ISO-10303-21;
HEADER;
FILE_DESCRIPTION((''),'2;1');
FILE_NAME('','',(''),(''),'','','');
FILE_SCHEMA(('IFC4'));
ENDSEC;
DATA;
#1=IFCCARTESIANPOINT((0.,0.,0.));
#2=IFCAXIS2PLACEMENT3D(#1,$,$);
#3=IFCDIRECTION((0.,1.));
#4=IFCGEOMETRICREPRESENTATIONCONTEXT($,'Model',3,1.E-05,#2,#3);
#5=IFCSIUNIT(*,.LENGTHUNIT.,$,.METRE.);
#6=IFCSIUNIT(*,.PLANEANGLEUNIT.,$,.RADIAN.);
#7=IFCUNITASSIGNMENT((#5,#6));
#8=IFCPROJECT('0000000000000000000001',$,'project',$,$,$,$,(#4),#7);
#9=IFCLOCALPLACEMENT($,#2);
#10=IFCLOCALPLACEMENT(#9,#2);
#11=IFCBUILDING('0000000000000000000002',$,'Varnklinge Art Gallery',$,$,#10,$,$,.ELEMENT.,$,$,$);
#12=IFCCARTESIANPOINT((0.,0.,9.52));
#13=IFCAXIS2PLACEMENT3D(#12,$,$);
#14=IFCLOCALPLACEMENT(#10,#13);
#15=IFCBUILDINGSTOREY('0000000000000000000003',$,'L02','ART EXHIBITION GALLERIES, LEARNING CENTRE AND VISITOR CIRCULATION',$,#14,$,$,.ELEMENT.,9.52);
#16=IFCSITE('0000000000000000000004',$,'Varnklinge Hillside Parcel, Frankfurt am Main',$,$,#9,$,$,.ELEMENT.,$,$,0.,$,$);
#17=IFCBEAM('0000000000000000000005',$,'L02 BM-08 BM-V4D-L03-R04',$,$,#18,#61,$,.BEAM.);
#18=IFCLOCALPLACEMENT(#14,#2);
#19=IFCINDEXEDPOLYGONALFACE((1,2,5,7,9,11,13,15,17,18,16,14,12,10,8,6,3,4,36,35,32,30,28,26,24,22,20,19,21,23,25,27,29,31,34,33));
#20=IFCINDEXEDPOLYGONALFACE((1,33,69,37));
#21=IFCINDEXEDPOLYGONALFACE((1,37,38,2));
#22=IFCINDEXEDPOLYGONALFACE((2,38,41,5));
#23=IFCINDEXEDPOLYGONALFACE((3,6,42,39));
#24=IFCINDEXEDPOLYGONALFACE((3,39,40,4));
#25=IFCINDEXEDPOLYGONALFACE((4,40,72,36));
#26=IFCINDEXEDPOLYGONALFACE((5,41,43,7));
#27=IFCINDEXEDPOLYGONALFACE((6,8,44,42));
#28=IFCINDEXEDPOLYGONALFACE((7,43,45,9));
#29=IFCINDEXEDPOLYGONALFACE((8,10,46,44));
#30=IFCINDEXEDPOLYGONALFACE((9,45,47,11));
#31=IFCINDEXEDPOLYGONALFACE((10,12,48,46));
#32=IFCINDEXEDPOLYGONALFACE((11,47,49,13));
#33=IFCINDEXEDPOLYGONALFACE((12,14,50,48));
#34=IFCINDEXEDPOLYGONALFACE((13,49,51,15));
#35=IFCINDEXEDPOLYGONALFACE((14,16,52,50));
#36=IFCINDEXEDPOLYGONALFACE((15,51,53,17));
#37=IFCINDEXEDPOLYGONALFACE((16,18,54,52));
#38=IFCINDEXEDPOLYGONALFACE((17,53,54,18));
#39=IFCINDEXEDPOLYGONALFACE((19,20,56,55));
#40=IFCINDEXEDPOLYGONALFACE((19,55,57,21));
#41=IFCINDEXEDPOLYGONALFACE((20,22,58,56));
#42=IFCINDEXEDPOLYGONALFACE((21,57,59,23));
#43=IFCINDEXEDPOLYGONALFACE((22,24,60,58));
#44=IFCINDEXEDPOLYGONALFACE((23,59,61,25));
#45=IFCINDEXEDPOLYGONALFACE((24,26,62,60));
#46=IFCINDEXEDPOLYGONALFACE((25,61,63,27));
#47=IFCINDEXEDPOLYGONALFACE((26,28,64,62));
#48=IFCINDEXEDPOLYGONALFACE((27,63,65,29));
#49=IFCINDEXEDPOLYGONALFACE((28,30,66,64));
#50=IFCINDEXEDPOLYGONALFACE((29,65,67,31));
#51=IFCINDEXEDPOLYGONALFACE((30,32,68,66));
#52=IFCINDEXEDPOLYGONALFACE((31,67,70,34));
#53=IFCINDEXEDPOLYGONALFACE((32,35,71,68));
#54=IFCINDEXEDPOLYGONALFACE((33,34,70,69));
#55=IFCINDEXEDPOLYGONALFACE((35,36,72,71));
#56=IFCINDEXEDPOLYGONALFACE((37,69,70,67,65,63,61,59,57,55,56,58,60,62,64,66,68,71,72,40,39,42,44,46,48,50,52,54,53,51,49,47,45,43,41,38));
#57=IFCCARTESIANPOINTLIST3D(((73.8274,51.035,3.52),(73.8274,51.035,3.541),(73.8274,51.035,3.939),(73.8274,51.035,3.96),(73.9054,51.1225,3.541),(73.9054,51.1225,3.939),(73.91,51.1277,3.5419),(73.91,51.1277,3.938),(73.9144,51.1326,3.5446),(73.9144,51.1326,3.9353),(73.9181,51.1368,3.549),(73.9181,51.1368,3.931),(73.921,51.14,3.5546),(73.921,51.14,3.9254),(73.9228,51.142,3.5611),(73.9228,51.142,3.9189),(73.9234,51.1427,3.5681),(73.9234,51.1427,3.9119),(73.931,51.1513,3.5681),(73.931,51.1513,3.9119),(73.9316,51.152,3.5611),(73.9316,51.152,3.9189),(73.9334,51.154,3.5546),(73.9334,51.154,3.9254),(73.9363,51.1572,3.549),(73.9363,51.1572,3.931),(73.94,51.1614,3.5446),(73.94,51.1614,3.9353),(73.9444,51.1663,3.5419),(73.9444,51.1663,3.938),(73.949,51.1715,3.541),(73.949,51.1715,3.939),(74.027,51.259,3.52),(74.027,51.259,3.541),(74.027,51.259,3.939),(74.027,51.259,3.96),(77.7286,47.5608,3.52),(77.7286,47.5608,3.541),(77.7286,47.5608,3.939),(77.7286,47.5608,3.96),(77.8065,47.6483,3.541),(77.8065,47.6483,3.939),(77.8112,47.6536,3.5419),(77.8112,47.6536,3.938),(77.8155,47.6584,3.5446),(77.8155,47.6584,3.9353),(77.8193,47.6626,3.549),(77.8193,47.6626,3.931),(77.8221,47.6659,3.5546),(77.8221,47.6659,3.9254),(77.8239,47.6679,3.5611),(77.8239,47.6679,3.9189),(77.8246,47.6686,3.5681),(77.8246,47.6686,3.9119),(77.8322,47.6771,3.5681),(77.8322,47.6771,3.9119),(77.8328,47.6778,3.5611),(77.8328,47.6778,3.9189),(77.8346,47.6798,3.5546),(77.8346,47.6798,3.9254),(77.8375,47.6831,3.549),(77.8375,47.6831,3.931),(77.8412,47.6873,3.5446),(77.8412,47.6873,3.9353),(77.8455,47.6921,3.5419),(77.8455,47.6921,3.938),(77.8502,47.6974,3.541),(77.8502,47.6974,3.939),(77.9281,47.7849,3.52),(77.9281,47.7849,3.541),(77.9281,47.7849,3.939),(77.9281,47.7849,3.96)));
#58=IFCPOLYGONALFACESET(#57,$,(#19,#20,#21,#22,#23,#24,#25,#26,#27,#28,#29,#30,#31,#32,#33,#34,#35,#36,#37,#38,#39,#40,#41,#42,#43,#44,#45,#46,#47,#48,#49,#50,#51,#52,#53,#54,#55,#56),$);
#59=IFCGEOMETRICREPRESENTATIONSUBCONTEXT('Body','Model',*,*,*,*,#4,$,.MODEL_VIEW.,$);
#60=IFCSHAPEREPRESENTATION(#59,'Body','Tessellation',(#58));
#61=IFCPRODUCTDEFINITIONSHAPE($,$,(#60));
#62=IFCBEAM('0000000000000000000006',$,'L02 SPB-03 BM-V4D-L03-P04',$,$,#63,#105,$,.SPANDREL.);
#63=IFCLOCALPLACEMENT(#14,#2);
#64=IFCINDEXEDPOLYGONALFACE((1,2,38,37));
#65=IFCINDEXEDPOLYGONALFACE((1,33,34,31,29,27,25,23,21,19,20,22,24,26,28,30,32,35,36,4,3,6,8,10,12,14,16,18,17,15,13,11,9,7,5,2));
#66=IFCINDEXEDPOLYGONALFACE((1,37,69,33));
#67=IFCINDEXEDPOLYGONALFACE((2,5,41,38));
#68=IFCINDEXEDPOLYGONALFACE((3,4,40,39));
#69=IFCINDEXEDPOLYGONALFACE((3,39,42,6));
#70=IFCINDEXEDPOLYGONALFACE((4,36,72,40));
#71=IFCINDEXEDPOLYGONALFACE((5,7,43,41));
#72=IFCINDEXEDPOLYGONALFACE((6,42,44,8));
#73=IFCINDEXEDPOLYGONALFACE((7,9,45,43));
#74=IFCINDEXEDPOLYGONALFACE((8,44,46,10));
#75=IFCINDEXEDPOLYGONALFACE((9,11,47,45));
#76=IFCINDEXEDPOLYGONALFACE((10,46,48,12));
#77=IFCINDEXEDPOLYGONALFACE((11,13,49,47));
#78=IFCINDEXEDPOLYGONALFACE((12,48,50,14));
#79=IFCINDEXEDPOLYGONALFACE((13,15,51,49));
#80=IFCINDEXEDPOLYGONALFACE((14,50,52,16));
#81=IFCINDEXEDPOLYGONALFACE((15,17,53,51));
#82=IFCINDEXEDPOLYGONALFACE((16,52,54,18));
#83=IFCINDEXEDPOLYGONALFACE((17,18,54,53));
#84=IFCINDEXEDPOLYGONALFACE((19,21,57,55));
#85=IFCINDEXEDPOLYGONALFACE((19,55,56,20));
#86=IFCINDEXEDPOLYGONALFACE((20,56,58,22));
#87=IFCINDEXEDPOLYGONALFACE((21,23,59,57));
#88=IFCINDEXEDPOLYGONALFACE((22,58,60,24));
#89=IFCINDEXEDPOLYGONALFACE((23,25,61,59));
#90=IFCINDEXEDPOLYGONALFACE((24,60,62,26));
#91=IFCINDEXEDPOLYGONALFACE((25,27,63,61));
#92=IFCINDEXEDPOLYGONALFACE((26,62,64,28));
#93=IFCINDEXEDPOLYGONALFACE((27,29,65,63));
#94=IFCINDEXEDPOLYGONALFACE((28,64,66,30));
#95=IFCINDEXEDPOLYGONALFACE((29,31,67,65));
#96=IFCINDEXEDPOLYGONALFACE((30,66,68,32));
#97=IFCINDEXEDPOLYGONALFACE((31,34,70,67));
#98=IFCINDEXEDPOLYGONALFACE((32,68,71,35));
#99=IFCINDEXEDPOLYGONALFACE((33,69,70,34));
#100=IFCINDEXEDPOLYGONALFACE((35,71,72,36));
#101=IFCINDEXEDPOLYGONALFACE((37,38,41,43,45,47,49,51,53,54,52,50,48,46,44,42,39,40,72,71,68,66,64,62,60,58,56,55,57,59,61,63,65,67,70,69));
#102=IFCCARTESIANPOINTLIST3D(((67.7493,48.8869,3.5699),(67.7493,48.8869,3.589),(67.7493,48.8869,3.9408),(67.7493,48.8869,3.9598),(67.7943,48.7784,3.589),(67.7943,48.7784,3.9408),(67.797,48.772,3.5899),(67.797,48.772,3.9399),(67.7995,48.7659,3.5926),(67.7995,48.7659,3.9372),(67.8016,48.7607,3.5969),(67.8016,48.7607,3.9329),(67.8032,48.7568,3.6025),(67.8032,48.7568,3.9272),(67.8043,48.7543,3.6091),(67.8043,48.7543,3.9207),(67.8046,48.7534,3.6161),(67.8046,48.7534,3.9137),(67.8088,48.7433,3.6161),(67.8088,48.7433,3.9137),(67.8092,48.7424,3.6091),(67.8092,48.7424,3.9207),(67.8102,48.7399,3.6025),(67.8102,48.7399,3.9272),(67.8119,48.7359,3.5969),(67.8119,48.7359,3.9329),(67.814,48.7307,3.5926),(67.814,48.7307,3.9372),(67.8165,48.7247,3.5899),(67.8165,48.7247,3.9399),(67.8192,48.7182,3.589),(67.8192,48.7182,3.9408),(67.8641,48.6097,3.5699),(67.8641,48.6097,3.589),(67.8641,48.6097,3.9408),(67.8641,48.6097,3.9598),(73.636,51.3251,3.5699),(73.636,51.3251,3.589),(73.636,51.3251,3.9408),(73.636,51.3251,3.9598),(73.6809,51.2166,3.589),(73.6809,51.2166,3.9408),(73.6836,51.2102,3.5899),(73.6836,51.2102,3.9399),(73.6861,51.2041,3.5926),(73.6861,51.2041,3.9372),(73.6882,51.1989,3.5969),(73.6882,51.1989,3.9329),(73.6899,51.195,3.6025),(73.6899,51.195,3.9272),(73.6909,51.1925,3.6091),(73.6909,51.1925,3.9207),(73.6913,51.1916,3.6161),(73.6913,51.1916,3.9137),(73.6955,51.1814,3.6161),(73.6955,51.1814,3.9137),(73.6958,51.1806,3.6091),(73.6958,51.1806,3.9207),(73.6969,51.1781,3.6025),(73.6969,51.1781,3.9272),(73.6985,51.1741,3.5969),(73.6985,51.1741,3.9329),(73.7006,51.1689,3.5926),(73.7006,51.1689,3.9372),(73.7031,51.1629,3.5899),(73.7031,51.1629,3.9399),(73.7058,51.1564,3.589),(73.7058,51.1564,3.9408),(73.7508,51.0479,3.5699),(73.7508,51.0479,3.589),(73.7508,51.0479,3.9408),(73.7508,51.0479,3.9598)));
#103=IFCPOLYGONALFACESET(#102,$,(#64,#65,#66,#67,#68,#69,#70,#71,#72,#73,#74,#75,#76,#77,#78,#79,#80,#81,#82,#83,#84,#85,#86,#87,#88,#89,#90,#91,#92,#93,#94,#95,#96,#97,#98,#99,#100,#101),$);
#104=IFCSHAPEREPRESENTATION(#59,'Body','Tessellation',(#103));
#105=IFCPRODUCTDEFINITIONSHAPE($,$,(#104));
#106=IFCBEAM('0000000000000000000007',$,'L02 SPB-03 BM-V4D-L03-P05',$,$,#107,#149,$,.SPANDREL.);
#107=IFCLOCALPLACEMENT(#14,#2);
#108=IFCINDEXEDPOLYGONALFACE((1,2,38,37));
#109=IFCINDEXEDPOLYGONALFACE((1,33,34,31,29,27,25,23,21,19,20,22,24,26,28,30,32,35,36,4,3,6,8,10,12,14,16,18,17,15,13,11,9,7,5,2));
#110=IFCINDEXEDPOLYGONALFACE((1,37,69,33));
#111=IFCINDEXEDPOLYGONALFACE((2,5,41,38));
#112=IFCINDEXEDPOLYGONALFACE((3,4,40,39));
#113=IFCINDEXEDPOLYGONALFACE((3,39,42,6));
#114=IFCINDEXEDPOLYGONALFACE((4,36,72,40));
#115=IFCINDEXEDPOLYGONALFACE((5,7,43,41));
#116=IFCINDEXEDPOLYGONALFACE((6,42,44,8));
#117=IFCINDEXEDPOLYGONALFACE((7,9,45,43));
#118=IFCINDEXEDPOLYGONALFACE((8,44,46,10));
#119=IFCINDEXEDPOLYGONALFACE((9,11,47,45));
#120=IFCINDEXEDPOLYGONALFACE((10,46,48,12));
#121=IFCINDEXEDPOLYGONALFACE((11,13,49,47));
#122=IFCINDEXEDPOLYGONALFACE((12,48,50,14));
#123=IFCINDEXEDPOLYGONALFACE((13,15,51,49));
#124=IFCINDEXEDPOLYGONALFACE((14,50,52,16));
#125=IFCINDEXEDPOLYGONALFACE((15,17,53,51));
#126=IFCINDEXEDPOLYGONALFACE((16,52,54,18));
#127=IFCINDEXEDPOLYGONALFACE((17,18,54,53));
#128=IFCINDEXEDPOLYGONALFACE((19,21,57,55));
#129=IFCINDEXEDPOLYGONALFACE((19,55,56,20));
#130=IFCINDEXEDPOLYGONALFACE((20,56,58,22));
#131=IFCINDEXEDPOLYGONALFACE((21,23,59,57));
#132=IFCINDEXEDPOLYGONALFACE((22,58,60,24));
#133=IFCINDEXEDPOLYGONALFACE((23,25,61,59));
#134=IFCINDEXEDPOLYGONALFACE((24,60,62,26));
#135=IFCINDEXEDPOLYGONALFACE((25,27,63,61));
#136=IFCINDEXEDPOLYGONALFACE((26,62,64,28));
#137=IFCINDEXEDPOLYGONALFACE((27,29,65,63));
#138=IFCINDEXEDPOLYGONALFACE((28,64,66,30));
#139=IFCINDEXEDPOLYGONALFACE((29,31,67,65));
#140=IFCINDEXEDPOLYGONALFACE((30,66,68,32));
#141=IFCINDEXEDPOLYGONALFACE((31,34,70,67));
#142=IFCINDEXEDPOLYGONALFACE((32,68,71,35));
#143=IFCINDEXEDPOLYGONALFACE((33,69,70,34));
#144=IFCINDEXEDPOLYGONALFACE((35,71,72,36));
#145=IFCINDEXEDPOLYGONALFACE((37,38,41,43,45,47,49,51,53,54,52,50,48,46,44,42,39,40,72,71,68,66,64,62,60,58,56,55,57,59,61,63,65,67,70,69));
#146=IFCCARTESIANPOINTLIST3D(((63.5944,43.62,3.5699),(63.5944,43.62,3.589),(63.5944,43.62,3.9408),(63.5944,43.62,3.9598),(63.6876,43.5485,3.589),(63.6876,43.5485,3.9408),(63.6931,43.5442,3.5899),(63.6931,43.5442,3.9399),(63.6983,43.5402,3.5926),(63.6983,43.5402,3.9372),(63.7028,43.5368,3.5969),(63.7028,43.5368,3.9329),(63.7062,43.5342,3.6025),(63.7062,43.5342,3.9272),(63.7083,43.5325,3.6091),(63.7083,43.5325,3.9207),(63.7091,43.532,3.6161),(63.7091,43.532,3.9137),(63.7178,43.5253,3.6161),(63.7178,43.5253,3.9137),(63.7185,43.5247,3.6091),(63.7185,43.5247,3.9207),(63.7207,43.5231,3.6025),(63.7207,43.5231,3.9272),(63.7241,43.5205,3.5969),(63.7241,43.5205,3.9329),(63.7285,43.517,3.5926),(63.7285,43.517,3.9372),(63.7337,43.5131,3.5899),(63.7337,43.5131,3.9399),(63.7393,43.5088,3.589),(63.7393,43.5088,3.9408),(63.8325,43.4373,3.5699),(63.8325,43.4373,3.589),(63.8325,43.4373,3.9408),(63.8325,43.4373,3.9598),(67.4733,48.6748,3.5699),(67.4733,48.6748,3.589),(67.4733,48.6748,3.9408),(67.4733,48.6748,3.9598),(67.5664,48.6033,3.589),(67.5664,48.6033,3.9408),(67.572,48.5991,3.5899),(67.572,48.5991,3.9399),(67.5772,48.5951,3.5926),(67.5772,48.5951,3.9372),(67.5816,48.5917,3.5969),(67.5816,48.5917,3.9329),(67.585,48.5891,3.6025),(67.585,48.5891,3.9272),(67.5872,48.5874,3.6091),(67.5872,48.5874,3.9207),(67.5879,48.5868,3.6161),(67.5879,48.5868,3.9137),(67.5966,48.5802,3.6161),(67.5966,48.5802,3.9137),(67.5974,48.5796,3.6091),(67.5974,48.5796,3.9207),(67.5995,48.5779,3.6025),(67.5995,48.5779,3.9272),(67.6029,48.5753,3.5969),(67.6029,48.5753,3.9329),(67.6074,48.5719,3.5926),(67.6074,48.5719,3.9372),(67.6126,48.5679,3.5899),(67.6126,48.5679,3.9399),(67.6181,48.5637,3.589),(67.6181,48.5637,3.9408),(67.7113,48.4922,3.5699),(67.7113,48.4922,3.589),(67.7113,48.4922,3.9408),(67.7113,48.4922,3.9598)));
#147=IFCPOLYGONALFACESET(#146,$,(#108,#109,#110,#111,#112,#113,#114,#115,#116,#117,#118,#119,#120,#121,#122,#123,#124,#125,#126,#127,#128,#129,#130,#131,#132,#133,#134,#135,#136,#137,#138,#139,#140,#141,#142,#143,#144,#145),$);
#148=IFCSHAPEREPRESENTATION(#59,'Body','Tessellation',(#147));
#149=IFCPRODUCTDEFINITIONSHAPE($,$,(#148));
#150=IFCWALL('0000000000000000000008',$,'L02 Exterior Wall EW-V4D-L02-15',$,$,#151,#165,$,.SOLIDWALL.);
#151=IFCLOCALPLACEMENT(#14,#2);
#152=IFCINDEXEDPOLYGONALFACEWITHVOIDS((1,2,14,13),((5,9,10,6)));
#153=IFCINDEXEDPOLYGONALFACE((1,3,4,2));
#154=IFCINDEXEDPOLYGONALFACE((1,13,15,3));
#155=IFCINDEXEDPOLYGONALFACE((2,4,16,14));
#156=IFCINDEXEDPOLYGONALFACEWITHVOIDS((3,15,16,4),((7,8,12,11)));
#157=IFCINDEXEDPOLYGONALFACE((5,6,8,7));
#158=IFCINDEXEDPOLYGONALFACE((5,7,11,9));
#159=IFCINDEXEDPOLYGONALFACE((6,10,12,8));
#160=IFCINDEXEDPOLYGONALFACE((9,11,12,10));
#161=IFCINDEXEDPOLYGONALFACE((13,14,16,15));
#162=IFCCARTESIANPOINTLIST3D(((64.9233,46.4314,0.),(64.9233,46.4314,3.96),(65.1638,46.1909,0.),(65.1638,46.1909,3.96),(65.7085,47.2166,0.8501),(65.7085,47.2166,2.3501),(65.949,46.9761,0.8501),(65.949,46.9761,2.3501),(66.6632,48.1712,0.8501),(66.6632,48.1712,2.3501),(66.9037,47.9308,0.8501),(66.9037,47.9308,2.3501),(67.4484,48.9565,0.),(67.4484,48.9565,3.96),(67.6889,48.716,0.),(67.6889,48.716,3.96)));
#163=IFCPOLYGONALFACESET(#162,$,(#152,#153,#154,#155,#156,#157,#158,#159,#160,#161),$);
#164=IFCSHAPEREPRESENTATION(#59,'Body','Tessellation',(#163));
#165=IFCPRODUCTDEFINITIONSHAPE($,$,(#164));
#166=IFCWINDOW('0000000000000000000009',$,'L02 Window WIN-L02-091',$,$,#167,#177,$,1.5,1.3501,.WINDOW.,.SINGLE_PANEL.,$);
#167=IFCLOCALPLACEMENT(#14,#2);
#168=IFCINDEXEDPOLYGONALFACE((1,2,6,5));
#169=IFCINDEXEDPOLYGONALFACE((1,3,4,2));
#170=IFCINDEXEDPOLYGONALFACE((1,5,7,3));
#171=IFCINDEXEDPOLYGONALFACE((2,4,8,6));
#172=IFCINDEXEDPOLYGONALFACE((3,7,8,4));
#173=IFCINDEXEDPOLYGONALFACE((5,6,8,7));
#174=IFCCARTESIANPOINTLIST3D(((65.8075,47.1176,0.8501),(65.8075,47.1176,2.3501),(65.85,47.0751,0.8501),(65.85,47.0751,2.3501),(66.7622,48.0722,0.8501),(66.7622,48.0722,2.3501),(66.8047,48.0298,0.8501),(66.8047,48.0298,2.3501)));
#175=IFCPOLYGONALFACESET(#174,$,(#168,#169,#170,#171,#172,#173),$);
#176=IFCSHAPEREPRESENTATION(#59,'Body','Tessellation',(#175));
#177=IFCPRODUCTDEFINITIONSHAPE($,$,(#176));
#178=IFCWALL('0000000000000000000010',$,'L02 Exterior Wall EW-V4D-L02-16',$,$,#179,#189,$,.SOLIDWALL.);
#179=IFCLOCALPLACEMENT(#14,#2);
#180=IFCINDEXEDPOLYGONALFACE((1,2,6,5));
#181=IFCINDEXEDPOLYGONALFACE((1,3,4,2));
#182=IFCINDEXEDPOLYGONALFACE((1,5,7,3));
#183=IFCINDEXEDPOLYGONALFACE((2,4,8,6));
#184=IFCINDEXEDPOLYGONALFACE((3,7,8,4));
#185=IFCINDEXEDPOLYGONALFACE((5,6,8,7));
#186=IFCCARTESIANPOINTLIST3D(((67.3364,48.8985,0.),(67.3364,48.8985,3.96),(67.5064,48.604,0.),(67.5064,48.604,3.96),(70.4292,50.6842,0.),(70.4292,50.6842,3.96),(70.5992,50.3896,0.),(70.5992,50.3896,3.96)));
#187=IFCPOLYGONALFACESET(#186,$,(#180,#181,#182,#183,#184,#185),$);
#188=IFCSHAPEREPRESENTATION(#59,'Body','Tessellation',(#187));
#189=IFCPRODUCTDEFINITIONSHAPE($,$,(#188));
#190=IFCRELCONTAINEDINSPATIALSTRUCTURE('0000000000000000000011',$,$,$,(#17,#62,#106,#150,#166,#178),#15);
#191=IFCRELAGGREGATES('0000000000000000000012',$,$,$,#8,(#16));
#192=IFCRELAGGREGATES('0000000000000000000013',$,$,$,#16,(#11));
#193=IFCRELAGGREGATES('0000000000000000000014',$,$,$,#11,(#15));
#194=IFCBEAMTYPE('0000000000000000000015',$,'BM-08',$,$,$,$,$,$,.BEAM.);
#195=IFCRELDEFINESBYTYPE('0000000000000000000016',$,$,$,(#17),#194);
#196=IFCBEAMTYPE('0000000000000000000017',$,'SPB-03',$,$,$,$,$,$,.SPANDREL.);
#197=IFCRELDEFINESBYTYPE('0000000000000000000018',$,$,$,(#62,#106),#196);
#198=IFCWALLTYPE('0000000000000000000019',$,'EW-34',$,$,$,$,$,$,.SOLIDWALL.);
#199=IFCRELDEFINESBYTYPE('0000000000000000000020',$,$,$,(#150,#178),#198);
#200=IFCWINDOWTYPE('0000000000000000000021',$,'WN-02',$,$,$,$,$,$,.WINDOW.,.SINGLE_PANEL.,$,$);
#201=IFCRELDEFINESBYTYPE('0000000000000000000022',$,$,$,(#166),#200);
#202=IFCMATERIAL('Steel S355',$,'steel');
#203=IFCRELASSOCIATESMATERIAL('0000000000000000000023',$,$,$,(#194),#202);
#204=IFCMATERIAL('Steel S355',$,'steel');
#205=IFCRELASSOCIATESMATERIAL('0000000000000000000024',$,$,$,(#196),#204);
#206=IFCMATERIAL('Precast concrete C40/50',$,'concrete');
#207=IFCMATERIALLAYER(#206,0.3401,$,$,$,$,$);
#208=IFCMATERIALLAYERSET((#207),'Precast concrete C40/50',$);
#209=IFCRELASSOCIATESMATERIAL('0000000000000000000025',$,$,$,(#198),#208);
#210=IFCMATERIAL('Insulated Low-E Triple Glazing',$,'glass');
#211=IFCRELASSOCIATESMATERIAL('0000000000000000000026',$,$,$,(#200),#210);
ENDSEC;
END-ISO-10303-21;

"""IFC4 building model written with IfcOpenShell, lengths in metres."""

from ifc_helpers import new_model, si_unit, direction, frame, frame_2d, origin, origin_2d, place, context, subcontext, project, spatial, rectangle, i_section, extrude, material, layer, layer_set, material_profile, profile_set, type_object, element, fill, save


model = new_model("IFC4")

# Units and contexts
model_context = context("Model", 3, precision=1e-05, world=origin(), true_north=direction((0.0, 1.0)))
body_context = subcontext(model_context, "Body", "Model", "MODEL_VIEW")
ifc_project = project(units=[si_unit("LENGTHUNIT", "METRE"), si_unit("PLANEANGLEUNIT", "RADIAN")], contexts=[model_context])

# Site, building, storey
site_placement = place(None, origin())
site = spatial("IfcSite", under=ifc_project, at=site_placement, Name="Varnklinge Hillside Parcel, Frankfurt am Main", CompositionType="ELEMENT", RefElevation=0.0)
building_placement = place(site_placement, origin())
building = spatial("IfcBuilding", under=site, at=building_placement, Name="Varnklinge Art Gallery", CompositionType="ELEMENT")
storey_placement = place(building_placement, frame((0.0, 0.0, 9.52)))
storey = spatial("IfcBuildingStorey", under=building, at=storey_placement, Name="L02", Description="ART EXHIBITION GALLERIES, LEARNING CENTRE AND VISITOR CIRCULATION", CompositionType="ELEMENT", Elevation=9.52)

# Beams
ifc_material_1 = material(Name="Steel S355", Category="steel")
ifc_material_profile_1 = material_profile(ifc_material_1, i_section(OverallWidth=0.3, OverallDepth=0.4399, WebThickness=0.0115, FlangeThickness=0.021, FilletRadius=0.0271, at=origin_2d()), Name="HEA 450")
ifc_profile_set_1 = profile_set([ifc_material_profile_1], Name="Steel S355")
beam_type_1 = type_object("IfcBeamType", Name="BM-08", PredefinedType="BEAM", material=ifc_profile_set_1)
beam_1_placement = place(storey_placement, frame((77.8284, 47.6729, 3.74), z_axis=(-0.746795, 0.665054, 0.0), x_axis=(-0.665054, -0.746795, 0.0)))
element("IfcBeam", 1, at=beam_1_placement, inside=storey, type_object=beam_type_1, Name="L02 BM-08 BM-V4D-L03-R04", PredefinedType="BEAM", context=body_context, shape_type="SweptSolid", body=[
    extrude(i_section(OverallWidth=0.3, OverallDepth=0.4399, WebThickness=0.0115, FlangeThickness=0.021, FilletRadius=0.0271, at=origin_2d()), origin(), (0.0, 0.0, 1.0), 5.2239),
])
ifc_material_2 = material(Name="Steel S355", Category="steel")
ifc_material_profile_2 = material_profile(ifc_material_2, i_section(OverallWidth=0.3, OverallDepth=0.3899, WebThickness=0.011, FlangeThickness=0.019, FilletRadius=0.0271, at=origin_2d()), Name="HEA 400")
ifc_profile_set_2 = profile_set([ifc_material_profile_2], Name="Steel S355")
beam_type_2 = type_object("IfcBeamType", Name="SPB-03", PredefinedType="SPANDREL", material=ifc_profile_set_2)
for number, where, z_axis, x_axis, name in (
    (2, (73.6934, 51.1865, 3.7649), (-0.923887, -0.382667, 0.0), (0.382667, -0.923887, 0.0), "L02 SPB-03 BM-V4D-L03-P04"),
    (3, (67.5923, 48.5835, 3.7649), (-0.608773, -0.793344, 0.0), (0.793344, -0.608773, 0.0), "L02 SPB-03 BM-V4D-L03-P05"),
):
    element("IfcBeam", number, at=place(storey_placement, frame(where, z_axis=z_axis, x_axis=x_axis)), inside=storey, type_object=beam_type_2, Name=name, PredefinedType="SPANDREL", context=body_context, shape_type="SweptSolid", body=[
        extrude(i_section(OverallWidth=0.3, OverallDepth=0.3899, WebThickness=0.011, FlangeThickness=0.019, FilletRadius=0.0271, at=origin_2d()), origin(), (0.0, 0.0, 1.0), 6.3716),
    ])

# Wall, opening, window
ifc_material_3 = material(Name="Precast concrete C40/50", Category="concrete")
ifc_layer_1 = layer(ifc_material_3, 0.3401)
ifc_layer_set_1 = layer_set([ifc_layer_1], Name="Precast concrete C40/50")
wall_type_1 = type_object("IfcWallType", Name="EW-34", PredefinedType="SOLIDWALL", material=ifc_layer_set_1)
wall_1_placement = place(storey_placement, frame((65.0435, 46.311, 0.0), z_axis=(0.0, 0.0, 1.0), x_axis=(0.707107, 0.707107, 0.0)))
wall_1 = element("IfcWall", 4, at=wall_1_placement, inside=storey, type_object=wall_type_1, Name="L02 Exterior Wall EW-V4D-L02-15", PredefinedType="SOLIDWALL", context=body_context, shape_type="SweptSolid", body=[
    extrude(rectangle(XDim=3.571, YDim=0.3401, at=frame_2d((1.7856, 0.0))), origin(), (0.0, 0.0, 1.0), 3.96),
])
opening_1_placement = place(wall_1_placement, frame((1.1106, 0.0, 0.8501)))
opening_1 = element("IfcOpeningElement", 5, at=opening_1_placement, cuts=wall_1, PredefinedType="OPENING", context=body_context, shape_type="SweptSolid", body=[
    extrude(rectangle(XDim=1.3501, YDim=1.5, at=frame_2d((0.675, 0.75))), frame((0.0, 0.1799, 0.0), z_axis=(0.0, -1.0, 0.0), x_axis=(1.0, 0.0, 0.0)), (0.0, 0.0, 1.0), 0.3601),
])
ifc_material_4 = material(Name="Insulated Low-E Triple Glazing", Category="glass")
window_type = type_object("IfcWindowType", Name="WN-02", PartitioningType="SINGLE_PANEL", PredefinedType="WINDOW", material=ifc_material_4)
window_1_placement = place(opening_1_placement, origin())
window_1 = element("IfcWindow", 6, at=window_1_placement, inside=storey, type_object=window_type, Name="L02 Window WIN-L02-091", OverallHeight=1.5, OverallWidth=1.3501, PartitioningType="SINGLE_PANEL", PredefinedType="WINDOW", context=body_context, shape_type="SweptSolid", body=[
    extrude(rectangle(XDim=1.3501, YDim=1.5, at=frame_2d((0.675, 0.75))), frame((0.0, 0.03, 0.0), z_axis=(0.0, -1.0, 0.0), x_axis=(1.0, 0.0, 0.0)), (0.0, 0.0, 1.0), 0.0601),
])
fill(opening_1, window_1)

# Wall
wall_2_placement = place(storey_placement, frame((67.4214, 48.7512, 0.0), z_axis=(0.0, 0.0, 1.0), x_axis=(0.866022, 0.500007, 0.0)))
element("IfcWall", 7, at=wall_2_placement, inside=storey, type_object=wall_type_1, Name="L02 Exterior Wall EW-V4D-L02-16", PredefinedType="SOLIDWALL", context=body_context, shape_type="SweptSolid", body=[
    extrude(rectangle(XDim=3.5713, YDim=0.3401, at=frame_2d((1.7856, 0.0))), origin(), (0.0, 0.0, 1.0), 3.96),
])

save(model, "model.ifc")
